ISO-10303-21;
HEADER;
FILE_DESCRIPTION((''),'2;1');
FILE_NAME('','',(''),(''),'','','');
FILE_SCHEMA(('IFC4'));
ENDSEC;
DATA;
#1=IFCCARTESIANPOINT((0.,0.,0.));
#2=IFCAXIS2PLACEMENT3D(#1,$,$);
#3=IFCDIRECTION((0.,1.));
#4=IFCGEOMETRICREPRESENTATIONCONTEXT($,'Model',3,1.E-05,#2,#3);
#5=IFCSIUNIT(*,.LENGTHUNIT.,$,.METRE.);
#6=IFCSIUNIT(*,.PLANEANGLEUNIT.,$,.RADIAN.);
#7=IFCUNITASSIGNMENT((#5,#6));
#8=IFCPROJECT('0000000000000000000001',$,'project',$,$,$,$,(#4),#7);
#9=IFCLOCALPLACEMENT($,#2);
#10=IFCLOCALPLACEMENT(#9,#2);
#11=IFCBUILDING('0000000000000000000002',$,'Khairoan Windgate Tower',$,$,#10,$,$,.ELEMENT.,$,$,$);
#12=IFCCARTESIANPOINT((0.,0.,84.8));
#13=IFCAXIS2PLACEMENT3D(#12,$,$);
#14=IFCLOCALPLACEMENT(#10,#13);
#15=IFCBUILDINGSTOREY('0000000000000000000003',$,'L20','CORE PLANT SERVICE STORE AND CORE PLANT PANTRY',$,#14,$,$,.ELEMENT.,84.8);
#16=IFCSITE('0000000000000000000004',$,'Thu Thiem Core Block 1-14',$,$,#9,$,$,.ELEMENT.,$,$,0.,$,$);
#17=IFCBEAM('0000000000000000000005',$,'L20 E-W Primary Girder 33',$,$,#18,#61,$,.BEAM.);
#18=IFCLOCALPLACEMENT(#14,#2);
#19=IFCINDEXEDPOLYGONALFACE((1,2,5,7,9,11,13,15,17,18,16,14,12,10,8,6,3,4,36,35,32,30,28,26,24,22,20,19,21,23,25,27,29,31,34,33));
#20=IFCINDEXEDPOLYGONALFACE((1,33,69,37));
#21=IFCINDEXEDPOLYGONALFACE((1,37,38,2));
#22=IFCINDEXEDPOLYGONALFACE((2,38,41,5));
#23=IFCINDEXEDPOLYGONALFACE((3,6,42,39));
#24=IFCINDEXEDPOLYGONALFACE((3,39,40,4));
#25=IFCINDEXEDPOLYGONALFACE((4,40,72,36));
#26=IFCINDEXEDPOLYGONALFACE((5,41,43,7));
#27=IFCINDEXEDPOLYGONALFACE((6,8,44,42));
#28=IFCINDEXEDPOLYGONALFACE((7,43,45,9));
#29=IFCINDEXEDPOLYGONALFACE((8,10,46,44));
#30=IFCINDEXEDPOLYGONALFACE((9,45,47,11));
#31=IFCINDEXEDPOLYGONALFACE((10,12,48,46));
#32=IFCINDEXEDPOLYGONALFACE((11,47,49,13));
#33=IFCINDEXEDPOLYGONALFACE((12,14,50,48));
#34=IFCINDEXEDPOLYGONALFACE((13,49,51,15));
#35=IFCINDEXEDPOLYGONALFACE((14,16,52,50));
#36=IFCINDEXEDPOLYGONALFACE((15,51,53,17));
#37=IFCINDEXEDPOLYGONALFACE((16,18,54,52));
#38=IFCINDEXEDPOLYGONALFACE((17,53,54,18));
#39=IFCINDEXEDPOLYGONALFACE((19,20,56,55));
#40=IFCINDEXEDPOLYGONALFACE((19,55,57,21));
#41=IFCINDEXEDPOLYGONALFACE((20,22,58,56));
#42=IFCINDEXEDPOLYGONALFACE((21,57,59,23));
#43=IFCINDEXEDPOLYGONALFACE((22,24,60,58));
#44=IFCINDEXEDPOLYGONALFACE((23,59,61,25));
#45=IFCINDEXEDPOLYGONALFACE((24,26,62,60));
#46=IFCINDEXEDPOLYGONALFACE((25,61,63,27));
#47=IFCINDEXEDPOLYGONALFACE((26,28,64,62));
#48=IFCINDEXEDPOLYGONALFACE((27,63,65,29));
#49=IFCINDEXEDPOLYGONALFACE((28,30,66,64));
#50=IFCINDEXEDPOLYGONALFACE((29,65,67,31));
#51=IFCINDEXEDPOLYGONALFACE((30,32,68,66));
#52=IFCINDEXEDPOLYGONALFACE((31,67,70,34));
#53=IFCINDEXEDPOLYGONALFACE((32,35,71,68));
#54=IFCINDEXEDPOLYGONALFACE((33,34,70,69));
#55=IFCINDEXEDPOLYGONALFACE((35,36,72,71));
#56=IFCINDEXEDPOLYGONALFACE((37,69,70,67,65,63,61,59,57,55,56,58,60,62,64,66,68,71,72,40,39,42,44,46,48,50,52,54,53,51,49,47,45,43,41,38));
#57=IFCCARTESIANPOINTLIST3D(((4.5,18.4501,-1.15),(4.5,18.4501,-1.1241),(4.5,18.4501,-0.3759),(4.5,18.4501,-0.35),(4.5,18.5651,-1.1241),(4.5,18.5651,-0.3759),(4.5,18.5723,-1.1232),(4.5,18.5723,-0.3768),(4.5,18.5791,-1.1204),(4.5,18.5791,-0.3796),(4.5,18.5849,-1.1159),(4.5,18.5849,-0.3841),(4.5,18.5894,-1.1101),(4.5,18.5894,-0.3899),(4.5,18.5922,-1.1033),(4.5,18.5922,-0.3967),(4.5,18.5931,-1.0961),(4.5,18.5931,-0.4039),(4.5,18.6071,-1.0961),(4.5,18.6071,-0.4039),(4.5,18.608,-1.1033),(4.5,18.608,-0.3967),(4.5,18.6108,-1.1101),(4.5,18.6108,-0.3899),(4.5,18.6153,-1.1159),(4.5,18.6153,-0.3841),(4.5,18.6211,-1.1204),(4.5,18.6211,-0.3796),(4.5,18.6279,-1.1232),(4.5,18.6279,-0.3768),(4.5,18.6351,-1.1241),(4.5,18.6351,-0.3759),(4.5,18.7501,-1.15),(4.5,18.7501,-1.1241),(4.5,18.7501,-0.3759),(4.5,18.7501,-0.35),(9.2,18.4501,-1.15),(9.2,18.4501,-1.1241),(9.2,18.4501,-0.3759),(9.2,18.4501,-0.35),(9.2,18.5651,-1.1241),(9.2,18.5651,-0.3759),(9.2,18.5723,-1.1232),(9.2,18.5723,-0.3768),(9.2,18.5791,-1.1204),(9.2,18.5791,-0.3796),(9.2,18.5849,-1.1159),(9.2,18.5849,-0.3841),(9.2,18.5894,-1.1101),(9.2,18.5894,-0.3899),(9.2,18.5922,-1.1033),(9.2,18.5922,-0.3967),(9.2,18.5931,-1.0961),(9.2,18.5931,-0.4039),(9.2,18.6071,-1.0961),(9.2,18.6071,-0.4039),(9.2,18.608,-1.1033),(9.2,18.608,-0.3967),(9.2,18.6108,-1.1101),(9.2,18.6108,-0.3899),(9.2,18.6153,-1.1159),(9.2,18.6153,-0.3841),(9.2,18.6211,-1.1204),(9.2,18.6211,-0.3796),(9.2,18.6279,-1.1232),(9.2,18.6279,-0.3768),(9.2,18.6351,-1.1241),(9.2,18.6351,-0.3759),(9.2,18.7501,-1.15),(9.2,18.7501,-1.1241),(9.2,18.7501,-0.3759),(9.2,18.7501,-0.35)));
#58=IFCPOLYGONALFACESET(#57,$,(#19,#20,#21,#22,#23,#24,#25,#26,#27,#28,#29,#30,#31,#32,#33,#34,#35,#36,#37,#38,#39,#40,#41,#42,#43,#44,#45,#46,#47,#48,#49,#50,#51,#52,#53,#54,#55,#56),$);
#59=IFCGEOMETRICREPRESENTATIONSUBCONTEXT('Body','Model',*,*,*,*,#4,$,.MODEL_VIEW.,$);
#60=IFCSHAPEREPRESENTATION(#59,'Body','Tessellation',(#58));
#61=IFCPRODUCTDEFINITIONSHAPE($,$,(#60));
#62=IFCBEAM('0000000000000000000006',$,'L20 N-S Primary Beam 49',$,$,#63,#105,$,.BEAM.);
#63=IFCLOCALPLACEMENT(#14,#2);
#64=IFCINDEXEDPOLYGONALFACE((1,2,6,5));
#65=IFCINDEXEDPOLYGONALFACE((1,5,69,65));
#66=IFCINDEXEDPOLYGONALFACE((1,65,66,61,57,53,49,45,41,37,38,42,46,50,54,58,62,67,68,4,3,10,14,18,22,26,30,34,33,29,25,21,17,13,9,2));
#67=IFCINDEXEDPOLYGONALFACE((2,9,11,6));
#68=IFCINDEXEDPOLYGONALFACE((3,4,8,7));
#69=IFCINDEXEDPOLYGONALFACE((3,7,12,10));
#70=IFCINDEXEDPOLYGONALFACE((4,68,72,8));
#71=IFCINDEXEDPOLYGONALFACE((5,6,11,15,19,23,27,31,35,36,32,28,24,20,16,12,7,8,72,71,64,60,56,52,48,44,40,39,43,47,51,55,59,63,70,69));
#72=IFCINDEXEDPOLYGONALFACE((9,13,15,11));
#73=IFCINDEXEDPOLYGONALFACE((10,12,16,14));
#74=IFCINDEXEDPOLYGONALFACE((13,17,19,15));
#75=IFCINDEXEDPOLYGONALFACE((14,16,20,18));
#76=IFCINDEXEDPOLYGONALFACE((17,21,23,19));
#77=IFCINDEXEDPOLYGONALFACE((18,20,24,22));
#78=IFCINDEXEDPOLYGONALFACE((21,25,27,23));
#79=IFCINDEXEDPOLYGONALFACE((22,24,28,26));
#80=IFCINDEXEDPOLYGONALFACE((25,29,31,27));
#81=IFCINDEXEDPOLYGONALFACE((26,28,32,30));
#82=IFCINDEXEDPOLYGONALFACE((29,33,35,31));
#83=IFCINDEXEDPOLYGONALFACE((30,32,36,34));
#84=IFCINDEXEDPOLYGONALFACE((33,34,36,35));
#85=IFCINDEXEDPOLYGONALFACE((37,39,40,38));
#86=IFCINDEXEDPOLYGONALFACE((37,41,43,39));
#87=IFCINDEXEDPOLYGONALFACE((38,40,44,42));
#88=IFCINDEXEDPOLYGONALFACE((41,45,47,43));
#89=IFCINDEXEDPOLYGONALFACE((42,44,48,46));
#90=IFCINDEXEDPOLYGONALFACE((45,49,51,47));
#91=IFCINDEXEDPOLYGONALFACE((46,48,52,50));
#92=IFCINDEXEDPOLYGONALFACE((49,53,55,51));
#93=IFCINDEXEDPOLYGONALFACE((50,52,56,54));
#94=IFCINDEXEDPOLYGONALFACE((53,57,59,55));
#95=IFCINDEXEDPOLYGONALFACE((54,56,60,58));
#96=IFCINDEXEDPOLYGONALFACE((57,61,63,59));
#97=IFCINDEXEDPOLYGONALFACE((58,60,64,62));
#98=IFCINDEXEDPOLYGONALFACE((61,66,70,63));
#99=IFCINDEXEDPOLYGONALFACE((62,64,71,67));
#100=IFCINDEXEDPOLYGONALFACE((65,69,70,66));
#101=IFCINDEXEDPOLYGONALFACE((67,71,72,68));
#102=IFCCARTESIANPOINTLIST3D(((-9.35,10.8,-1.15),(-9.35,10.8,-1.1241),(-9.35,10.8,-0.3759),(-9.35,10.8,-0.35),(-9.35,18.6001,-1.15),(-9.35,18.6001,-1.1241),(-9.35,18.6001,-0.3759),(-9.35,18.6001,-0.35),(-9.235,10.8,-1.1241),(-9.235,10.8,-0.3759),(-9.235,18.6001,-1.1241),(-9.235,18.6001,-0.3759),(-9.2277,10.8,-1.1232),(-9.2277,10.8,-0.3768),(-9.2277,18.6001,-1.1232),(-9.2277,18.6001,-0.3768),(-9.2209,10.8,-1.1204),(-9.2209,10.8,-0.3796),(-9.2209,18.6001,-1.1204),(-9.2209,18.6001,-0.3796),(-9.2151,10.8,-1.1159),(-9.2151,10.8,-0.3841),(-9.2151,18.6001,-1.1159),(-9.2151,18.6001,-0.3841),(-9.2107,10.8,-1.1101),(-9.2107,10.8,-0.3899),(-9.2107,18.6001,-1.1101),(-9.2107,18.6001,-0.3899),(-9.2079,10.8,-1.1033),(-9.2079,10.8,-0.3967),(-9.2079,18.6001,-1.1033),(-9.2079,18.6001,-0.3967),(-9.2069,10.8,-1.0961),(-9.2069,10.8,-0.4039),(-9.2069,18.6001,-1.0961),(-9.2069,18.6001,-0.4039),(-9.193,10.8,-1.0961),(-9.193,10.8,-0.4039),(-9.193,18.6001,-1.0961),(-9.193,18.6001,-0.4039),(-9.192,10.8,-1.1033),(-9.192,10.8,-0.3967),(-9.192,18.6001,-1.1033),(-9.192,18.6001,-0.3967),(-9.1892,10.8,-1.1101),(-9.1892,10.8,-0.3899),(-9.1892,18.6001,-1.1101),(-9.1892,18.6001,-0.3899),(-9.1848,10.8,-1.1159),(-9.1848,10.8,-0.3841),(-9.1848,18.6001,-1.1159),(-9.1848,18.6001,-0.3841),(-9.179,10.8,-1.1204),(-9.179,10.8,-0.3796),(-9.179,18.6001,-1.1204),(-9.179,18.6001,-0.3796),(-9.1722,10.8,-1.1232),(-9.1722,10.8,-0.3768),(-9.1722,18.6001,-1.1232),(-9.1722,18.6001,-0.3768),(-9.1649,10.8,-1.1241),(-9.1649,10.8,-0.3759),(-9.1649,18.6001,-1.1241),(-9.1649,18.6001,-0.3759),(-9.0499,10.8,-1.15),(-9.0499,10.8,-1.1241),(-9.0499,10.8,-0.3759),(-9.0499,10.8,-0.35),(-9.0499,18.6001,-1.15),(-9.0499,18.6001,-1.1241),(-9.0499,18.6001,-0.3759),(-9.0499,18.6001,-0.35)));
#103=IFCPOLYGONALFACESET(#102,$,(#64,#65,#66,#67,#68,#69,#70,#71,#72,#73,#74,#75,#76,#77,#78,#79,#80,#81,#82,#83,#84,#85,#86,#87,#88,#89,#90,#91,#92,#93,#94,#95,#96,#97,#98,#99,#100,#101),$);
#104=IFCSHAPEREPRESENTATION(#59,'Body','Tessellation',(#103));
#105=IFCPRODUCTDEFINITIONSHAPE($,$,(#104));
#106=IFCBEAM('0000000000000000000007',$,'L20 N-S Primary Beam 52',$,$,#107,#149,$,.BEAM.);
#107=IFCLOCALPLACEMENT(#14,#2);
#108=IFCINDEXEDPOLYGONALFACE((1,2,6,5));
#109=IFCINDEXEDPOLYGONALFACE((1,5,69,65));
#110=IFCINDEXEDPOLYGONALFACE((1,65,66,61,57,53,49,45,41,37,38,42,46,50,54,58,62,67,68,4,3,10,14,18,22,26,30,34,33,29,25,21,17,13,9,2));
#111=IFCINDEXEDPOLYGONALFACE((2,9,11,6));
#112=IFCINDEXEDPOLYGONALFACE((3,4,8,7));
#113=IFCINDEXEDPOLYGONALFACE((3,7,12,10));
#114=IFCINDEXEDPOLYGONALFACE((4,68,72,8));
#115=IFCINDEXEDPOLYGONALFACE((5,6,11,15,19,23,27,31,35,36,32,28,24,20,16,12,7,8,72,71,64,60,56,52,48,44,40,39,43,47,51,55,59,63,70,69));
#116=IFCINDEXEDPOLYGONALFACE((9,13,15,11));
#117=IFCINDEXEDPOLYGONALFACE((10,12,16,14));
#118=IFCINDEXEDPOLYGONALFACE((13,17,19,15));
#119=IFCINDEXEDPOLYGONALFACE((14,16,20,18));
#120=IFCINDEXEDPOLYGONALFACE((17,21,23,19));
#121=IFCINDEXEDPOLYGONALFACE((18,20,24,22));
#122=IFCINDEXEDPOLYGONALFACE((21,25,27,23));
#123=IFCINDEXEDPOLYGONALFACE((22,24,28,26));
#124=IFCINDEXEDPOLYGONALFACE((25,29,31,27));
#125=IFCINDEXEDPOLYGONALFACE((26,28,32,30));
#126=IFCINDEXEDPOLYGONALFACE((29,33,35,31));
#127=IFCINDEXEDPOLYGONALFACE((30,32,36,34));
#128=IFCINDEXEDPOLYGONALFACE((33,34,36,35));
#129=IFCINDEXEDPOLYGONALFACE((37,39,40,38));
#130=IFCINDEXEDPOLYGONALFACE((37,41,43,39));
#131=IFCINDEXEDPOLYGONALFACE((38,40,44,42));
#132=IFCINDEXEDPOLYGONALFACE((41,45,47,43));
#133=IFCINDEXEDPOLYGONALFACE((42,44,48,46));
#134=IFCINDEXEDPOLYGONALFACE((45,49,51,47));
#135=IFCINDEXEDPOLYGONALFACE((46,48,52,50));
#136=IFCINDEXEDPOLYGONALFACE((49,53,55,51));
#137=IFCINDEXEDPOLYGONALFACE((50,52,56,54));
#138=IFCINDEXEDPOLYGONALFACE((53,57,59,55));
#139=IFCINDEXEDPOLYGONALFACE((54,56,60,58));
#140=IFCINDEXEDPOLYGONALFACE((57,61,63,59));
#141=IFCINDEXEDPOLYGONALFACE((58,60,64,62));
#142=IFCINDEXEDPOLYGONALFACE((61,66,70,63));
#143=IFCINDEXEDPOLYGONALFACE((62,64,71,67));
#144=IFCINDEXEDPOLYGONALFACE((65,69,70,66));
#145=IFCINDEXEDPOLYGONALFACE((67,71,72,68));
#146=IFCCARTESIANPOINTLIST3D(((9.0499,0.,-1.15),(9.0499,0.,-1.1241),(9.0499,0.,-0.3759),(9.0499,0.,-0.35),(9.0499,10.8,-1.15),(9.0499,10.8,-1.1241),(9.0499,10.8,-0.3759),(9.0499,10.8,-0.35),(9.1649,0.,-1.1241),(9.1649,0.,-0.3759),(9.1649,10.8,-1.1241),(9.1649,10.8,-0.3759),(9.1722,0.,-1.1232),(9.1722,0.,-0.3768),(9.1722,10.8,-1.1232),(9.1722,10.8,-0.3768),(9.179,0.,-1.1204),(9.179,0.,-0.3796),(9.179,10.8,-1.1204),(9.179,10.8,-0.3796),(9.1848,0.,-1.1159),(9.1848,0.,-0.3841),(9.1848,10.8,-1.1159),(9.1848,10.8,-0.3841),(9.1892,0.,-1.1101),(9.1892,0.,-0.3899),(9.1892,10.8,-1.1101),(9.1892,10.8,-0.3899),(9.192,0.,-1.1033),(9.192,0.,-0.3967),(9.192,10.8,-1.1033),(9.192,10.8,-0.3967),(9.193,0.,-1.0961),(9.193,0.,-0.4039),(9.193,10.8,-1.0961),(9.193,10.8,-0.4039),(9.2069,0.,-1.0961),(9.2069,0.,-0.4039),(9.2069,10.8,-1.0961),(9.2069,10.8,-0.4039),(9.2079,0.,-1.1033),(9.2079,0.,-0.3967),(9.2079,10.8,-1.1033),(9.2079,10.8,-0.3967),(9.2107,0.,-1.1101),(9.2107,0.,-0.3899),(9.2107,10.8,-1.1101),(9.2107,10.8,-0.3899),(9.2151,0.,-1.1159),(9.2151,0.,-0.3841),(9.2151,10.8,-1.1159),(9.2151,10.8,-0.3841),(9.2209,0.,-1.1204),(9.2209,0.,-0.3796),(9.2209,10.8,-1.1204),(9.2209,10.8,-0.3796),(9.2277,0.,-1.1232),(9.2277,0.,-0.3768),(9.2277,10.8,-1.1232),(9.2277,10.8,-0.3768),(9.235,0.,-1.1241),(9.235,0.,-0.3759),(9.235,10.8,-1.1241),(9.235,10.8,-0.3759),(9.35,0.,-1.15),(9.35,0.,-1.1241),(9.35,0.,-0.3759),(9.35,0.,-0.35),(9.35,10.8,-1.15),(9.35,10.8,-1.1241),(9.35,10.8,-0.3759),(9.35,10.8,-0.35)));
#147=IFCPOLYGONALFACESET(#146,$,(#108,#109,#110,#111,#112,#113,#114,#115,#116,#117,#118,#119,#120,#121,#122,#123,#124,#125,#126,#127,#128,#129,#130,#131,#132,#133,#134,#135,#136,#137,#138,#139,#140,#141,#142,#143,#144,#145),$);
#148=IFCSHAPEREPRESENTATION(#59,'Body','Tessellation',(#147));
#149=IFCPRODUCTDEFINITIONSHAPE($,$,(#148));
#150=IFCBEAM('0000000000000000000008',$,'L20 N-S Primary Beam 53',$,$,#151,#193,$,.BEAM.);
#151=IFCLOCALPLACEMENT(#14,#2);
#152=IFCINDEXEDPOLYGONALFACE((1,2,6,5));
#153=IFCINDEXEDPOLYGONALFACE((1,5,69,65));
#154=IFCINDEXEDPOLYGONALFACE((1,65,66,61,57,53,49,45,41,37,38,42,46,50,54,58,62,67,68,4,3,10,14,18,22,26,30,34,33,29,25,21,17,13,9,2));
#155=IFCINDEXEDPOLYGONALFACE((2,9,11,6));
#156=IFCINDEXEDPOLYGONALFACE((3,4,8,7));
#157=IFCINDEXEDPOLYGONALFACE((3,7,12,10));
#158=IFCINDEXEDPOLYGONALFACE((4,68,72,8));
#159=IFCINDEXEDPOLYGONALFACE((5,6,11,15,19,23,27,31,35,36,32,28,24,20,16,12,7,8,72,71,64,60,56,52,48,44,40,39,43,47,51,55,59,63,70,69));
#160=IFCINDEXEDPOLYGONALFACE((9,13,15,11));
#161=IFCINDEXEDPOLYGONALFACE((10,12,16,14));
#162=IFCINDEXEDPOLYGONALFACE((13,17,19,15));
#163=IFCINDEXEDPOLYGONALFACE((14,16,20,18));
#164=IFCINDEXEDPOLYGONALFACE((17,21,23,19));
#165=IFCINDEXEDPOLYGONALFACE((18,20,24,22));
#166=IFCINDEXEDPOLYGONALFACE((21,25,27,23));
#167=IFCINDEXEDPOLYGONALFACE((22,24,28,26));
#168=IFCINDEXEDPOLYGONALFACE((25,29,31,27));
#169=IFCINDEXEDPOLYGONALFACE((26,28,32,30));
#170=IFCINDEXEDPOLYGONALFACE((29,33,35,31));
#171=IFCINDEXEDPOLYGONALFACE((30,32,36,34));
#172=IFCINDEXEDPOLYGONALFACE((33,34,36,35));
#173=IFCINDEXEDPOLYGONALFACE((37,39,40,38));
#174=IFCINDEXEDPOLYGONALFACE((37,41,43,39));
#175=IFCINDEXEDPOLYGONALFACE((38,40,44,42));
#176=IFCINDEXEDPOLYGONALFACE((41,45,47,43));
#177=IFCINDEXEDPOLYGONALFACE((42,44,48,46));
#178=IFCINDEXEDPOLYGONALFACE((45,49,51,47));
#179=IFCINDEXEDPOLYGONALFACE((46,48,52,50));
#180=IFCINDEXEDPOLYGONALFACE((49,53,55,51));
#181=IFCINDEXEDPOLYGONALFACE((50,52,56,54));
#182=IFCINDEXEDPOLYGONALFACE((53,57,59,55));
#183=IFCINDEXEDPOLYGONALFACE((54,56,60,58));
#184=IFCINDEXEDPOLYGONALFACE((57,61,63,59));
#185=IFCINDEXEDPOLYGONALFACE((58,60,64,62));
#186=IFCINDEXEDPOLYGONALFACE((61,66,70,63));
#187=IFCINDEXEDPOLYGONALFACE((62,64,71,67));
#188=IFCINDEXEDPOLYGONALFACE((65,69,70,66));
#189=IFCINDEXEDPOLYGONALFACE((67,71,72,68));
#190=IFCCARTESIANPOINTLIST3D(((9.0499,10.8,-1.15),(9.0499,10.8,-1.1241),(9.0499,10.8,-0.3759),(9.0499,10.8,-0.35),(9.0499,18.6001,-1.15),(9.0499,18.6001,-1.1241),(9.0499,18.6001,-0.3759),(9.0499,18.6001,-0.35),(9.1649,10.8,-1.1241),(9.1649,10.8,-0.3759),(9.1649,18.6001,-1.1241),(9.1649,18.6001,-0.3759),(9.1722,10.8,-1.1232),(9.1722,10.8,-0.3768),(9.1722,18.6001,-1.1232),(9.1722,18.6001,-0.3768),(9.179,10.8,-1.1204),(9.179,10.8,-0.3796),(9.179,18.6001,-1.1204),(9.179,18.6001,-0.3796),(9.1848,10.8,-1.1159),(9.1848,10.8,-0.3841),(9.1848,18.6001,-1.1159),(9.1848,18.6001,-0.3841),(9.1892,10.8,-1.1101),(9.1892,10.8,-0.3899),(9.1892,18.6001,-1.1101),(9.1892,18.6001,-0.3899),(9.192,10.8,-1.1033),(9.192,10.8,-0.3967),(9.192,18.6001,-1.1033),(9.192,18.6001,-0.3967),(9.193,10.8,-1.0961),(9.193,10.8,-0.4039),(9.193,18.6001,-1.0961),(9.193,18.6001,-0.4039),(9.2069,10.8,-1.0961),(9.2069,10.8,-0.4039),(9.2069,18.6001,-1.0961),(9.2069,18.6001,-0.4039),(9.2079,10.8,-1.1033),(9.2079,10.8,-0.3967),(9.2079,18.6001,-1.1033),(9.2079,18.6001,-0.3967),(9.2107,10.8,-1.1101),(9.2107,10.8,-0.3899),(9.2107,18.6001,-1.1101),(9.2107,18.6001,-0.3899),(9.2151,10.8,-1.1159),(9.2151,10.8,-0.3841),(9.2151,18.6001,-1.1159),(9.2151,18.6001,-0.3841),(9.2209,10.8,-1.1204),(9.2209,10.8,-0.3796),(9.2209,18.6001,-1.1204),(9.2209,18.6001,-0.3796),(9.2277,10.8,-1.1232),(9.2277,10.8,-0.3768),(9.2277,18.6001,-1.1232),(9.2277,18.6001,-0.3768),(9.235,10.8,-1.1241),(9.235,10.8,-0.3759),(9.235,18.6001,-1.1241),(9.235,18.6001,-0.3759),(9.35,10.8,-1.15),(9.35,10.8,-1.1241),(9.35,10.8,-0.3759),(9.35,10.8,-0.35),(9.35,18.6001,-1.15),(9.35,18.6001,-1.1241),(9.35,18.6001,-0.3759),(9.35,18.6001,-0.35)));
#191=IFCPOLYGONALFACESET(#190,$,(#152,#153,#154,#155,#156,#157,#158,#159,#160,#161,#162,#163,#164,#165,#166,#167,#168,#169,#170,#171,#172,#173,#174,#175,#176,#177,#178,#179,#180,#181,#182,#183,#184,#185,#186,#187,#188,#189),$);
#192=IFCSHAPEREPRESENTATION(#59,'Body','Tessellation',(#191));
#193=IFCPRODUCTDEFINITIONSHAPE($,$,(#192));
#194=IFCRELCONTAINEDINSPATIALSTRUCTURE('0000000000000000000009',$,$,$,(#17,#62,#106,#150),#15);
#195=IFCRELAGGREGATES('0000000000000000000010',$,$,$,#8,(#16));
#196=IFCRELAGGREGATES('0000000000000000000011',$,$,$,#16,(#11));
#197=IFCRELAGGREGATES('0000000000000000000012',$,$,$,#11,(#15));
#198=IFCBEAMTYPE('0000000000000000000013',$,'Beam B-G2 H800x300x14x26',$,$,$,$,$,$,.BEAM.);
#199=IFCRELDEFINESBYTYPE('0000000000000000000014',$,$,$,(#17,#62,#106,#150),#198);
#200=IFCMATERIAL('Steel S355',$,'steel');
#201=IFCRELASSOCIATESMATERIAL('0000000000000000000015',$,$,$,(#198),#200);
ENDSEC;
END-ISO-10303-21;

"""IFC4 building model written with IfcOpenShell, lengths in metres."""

from ifc_helpers import new_model, si_unit, direction, frame, origin, origin_2d, place, context, subcontext, project, spatial, i_section, extrude, material, material_profile, profile_set, type_object, element, save


model = new_model("IFC4")

# Units and contexts
model_context = context("Model", 3, precision=1e-05, world=origin(), true_north=direction((0.0, 1.0)))
body_context = subcontext(model_context, "Body", "Model", "MODEL_VIEW")
ifc_project = project(units=[si_unit("LENGTHUNIT", "METRE"), si_unit("PLANEANGLEUNIT", "RADIAN")], contexts=[model_context])

# Site, building, storey
site_placement = place(None, origin())
site = spatial("IfcSite", under=ifc_project, at=site_placement, Name="Thu Thiem Core Block 1-14", CompositionType="ELEMENT", RefElevation=0.0)
building_placement = place(site_placement, origin())
building = spatial("IfcBuilding", under=site, at=building_placement, Name="Khairoan Windgate Tower", CompositionType="ELEMENT")
storey_placement = place(building_placement, frame((0.0, 0.0, 84.8)))
storey = spatial("IfcBuildingStorey", under=building, at=storey_placement, Name="L20", Description="CORE PLANT SERVICE STORE AND CORE PLANT PANTRY", CompositionType="ELEMENT", Elevation=84.8)

# Beams
ifc_material_1 = material(Name="Steel S355", Category="steel")
ifc_material_profile_1 = material_profile(ifc_material_1, i_section(OverallWidth=0.3, OverallDepth=0.8, WebThickness=0.0139, FlangeThickness=0.0259, FilletRadius=0.0281, at=origin_2d()))
ifc_profile_set_1 = profile_set([ifc_material_profile_1], Name="Steel S355")
beam_type_1 = type_object("IfcBeamType", Name="Beam B-G2 H800x300x14x26", PredefinedType="BEAM", material=ifc_profile_set_1)
beam_1_placement = place(storey_placement, frame((4.5, 18.6001, -0.75), z_axis=(1.0, 0.0, 0.0), x_axis=(0.0, 1.0, 0.0)))
element("IfcBeam", 1, at=beam_1_placement, inside=storey, type_object=beam_type_1, Name="L20 E-W Primary Girder 33", PredefinedType="BEAM", context=body_context, shape_type="SweptSolid", body=[
    extrude(i_section(OverallWidth=0.3, OverallDepth=0.8, WebThickness=0.0139, FlangeThickness=0.0259, FilletRadius=0.0281, at=origin_2d()), origin(), (0.0, 0.0, 1.0), 4.7),
])
beam_2_placement = place(storey_placement, frame((-9.2, 10.8, -0.75), z_axis=(0.0, 1.0, 0.0), x_axis=(-1.0, 0.0, 0.0)))
element("IfcBeam", 2, at=beam_2_placement, inside=storey, type_object=beam_type_1, Name="L20 N-S Primary Beam 49", PredefinedType="BEAM", context=body_context, shape_type="SweptSolid", body=[
    extrude(i_section(OverallWidth=0.3, OverallDepth=0.8, WebThickness=0.0139, FlangeThickness=0.0259, FilletRadius=0.0281, at=origin_2d()), origin(), (0.0, 0.0, 1.0), 7.8),
])
beam_3_placement = place(storey_placement, frame((9.2, 0.0, -0.75), z_axis=(0.0, 1.0, 0.0), x_axis=(-1.0, 0.0, 0.0)))
element("IfcBeam", 3, at=beam_3_placement, inside=storey, type_object=beam_type_1, Name="L20 N-S Primary Beam 52", PredefinedType="BEAM", context=body_context, shape_type="SweptSolid", body=[
    extrude(i_section(OverallWidth=0.3, OverallDepth=0.8, WebThickness=0.0139, FlangeThickness=0.0259, FilletRadius=0.0281, at=origin_2d()), origin(), (0.0, 0.0, 1.0), 10.8),
])
beam_4_placement = place(storey_placement, frame((9.2, 10.8, -0.75), z_axis=(0.0, 1.0, 0.0), x_axis=(-1.0, 0.0, 0.0)))
element("IfcBeam", 4, at=beam_4_placement, inside=storey, type_object=beam_type_1, Name="L20 N-S Primary Beam 53", PredefinedType="BEAM", context=body_context, shape_type="SweptSolid", body=[
    extrude(i_section(OverallWidth=0.3, OverallDepth=0.8, WebThickness=0.0139, FlangeThickness=0.0259, FilletRadius=0.0281, at=origin_2d()), origin(), (0.0, 0.0, 1.0), 7.8),
])

save(model, "model.ifc")
